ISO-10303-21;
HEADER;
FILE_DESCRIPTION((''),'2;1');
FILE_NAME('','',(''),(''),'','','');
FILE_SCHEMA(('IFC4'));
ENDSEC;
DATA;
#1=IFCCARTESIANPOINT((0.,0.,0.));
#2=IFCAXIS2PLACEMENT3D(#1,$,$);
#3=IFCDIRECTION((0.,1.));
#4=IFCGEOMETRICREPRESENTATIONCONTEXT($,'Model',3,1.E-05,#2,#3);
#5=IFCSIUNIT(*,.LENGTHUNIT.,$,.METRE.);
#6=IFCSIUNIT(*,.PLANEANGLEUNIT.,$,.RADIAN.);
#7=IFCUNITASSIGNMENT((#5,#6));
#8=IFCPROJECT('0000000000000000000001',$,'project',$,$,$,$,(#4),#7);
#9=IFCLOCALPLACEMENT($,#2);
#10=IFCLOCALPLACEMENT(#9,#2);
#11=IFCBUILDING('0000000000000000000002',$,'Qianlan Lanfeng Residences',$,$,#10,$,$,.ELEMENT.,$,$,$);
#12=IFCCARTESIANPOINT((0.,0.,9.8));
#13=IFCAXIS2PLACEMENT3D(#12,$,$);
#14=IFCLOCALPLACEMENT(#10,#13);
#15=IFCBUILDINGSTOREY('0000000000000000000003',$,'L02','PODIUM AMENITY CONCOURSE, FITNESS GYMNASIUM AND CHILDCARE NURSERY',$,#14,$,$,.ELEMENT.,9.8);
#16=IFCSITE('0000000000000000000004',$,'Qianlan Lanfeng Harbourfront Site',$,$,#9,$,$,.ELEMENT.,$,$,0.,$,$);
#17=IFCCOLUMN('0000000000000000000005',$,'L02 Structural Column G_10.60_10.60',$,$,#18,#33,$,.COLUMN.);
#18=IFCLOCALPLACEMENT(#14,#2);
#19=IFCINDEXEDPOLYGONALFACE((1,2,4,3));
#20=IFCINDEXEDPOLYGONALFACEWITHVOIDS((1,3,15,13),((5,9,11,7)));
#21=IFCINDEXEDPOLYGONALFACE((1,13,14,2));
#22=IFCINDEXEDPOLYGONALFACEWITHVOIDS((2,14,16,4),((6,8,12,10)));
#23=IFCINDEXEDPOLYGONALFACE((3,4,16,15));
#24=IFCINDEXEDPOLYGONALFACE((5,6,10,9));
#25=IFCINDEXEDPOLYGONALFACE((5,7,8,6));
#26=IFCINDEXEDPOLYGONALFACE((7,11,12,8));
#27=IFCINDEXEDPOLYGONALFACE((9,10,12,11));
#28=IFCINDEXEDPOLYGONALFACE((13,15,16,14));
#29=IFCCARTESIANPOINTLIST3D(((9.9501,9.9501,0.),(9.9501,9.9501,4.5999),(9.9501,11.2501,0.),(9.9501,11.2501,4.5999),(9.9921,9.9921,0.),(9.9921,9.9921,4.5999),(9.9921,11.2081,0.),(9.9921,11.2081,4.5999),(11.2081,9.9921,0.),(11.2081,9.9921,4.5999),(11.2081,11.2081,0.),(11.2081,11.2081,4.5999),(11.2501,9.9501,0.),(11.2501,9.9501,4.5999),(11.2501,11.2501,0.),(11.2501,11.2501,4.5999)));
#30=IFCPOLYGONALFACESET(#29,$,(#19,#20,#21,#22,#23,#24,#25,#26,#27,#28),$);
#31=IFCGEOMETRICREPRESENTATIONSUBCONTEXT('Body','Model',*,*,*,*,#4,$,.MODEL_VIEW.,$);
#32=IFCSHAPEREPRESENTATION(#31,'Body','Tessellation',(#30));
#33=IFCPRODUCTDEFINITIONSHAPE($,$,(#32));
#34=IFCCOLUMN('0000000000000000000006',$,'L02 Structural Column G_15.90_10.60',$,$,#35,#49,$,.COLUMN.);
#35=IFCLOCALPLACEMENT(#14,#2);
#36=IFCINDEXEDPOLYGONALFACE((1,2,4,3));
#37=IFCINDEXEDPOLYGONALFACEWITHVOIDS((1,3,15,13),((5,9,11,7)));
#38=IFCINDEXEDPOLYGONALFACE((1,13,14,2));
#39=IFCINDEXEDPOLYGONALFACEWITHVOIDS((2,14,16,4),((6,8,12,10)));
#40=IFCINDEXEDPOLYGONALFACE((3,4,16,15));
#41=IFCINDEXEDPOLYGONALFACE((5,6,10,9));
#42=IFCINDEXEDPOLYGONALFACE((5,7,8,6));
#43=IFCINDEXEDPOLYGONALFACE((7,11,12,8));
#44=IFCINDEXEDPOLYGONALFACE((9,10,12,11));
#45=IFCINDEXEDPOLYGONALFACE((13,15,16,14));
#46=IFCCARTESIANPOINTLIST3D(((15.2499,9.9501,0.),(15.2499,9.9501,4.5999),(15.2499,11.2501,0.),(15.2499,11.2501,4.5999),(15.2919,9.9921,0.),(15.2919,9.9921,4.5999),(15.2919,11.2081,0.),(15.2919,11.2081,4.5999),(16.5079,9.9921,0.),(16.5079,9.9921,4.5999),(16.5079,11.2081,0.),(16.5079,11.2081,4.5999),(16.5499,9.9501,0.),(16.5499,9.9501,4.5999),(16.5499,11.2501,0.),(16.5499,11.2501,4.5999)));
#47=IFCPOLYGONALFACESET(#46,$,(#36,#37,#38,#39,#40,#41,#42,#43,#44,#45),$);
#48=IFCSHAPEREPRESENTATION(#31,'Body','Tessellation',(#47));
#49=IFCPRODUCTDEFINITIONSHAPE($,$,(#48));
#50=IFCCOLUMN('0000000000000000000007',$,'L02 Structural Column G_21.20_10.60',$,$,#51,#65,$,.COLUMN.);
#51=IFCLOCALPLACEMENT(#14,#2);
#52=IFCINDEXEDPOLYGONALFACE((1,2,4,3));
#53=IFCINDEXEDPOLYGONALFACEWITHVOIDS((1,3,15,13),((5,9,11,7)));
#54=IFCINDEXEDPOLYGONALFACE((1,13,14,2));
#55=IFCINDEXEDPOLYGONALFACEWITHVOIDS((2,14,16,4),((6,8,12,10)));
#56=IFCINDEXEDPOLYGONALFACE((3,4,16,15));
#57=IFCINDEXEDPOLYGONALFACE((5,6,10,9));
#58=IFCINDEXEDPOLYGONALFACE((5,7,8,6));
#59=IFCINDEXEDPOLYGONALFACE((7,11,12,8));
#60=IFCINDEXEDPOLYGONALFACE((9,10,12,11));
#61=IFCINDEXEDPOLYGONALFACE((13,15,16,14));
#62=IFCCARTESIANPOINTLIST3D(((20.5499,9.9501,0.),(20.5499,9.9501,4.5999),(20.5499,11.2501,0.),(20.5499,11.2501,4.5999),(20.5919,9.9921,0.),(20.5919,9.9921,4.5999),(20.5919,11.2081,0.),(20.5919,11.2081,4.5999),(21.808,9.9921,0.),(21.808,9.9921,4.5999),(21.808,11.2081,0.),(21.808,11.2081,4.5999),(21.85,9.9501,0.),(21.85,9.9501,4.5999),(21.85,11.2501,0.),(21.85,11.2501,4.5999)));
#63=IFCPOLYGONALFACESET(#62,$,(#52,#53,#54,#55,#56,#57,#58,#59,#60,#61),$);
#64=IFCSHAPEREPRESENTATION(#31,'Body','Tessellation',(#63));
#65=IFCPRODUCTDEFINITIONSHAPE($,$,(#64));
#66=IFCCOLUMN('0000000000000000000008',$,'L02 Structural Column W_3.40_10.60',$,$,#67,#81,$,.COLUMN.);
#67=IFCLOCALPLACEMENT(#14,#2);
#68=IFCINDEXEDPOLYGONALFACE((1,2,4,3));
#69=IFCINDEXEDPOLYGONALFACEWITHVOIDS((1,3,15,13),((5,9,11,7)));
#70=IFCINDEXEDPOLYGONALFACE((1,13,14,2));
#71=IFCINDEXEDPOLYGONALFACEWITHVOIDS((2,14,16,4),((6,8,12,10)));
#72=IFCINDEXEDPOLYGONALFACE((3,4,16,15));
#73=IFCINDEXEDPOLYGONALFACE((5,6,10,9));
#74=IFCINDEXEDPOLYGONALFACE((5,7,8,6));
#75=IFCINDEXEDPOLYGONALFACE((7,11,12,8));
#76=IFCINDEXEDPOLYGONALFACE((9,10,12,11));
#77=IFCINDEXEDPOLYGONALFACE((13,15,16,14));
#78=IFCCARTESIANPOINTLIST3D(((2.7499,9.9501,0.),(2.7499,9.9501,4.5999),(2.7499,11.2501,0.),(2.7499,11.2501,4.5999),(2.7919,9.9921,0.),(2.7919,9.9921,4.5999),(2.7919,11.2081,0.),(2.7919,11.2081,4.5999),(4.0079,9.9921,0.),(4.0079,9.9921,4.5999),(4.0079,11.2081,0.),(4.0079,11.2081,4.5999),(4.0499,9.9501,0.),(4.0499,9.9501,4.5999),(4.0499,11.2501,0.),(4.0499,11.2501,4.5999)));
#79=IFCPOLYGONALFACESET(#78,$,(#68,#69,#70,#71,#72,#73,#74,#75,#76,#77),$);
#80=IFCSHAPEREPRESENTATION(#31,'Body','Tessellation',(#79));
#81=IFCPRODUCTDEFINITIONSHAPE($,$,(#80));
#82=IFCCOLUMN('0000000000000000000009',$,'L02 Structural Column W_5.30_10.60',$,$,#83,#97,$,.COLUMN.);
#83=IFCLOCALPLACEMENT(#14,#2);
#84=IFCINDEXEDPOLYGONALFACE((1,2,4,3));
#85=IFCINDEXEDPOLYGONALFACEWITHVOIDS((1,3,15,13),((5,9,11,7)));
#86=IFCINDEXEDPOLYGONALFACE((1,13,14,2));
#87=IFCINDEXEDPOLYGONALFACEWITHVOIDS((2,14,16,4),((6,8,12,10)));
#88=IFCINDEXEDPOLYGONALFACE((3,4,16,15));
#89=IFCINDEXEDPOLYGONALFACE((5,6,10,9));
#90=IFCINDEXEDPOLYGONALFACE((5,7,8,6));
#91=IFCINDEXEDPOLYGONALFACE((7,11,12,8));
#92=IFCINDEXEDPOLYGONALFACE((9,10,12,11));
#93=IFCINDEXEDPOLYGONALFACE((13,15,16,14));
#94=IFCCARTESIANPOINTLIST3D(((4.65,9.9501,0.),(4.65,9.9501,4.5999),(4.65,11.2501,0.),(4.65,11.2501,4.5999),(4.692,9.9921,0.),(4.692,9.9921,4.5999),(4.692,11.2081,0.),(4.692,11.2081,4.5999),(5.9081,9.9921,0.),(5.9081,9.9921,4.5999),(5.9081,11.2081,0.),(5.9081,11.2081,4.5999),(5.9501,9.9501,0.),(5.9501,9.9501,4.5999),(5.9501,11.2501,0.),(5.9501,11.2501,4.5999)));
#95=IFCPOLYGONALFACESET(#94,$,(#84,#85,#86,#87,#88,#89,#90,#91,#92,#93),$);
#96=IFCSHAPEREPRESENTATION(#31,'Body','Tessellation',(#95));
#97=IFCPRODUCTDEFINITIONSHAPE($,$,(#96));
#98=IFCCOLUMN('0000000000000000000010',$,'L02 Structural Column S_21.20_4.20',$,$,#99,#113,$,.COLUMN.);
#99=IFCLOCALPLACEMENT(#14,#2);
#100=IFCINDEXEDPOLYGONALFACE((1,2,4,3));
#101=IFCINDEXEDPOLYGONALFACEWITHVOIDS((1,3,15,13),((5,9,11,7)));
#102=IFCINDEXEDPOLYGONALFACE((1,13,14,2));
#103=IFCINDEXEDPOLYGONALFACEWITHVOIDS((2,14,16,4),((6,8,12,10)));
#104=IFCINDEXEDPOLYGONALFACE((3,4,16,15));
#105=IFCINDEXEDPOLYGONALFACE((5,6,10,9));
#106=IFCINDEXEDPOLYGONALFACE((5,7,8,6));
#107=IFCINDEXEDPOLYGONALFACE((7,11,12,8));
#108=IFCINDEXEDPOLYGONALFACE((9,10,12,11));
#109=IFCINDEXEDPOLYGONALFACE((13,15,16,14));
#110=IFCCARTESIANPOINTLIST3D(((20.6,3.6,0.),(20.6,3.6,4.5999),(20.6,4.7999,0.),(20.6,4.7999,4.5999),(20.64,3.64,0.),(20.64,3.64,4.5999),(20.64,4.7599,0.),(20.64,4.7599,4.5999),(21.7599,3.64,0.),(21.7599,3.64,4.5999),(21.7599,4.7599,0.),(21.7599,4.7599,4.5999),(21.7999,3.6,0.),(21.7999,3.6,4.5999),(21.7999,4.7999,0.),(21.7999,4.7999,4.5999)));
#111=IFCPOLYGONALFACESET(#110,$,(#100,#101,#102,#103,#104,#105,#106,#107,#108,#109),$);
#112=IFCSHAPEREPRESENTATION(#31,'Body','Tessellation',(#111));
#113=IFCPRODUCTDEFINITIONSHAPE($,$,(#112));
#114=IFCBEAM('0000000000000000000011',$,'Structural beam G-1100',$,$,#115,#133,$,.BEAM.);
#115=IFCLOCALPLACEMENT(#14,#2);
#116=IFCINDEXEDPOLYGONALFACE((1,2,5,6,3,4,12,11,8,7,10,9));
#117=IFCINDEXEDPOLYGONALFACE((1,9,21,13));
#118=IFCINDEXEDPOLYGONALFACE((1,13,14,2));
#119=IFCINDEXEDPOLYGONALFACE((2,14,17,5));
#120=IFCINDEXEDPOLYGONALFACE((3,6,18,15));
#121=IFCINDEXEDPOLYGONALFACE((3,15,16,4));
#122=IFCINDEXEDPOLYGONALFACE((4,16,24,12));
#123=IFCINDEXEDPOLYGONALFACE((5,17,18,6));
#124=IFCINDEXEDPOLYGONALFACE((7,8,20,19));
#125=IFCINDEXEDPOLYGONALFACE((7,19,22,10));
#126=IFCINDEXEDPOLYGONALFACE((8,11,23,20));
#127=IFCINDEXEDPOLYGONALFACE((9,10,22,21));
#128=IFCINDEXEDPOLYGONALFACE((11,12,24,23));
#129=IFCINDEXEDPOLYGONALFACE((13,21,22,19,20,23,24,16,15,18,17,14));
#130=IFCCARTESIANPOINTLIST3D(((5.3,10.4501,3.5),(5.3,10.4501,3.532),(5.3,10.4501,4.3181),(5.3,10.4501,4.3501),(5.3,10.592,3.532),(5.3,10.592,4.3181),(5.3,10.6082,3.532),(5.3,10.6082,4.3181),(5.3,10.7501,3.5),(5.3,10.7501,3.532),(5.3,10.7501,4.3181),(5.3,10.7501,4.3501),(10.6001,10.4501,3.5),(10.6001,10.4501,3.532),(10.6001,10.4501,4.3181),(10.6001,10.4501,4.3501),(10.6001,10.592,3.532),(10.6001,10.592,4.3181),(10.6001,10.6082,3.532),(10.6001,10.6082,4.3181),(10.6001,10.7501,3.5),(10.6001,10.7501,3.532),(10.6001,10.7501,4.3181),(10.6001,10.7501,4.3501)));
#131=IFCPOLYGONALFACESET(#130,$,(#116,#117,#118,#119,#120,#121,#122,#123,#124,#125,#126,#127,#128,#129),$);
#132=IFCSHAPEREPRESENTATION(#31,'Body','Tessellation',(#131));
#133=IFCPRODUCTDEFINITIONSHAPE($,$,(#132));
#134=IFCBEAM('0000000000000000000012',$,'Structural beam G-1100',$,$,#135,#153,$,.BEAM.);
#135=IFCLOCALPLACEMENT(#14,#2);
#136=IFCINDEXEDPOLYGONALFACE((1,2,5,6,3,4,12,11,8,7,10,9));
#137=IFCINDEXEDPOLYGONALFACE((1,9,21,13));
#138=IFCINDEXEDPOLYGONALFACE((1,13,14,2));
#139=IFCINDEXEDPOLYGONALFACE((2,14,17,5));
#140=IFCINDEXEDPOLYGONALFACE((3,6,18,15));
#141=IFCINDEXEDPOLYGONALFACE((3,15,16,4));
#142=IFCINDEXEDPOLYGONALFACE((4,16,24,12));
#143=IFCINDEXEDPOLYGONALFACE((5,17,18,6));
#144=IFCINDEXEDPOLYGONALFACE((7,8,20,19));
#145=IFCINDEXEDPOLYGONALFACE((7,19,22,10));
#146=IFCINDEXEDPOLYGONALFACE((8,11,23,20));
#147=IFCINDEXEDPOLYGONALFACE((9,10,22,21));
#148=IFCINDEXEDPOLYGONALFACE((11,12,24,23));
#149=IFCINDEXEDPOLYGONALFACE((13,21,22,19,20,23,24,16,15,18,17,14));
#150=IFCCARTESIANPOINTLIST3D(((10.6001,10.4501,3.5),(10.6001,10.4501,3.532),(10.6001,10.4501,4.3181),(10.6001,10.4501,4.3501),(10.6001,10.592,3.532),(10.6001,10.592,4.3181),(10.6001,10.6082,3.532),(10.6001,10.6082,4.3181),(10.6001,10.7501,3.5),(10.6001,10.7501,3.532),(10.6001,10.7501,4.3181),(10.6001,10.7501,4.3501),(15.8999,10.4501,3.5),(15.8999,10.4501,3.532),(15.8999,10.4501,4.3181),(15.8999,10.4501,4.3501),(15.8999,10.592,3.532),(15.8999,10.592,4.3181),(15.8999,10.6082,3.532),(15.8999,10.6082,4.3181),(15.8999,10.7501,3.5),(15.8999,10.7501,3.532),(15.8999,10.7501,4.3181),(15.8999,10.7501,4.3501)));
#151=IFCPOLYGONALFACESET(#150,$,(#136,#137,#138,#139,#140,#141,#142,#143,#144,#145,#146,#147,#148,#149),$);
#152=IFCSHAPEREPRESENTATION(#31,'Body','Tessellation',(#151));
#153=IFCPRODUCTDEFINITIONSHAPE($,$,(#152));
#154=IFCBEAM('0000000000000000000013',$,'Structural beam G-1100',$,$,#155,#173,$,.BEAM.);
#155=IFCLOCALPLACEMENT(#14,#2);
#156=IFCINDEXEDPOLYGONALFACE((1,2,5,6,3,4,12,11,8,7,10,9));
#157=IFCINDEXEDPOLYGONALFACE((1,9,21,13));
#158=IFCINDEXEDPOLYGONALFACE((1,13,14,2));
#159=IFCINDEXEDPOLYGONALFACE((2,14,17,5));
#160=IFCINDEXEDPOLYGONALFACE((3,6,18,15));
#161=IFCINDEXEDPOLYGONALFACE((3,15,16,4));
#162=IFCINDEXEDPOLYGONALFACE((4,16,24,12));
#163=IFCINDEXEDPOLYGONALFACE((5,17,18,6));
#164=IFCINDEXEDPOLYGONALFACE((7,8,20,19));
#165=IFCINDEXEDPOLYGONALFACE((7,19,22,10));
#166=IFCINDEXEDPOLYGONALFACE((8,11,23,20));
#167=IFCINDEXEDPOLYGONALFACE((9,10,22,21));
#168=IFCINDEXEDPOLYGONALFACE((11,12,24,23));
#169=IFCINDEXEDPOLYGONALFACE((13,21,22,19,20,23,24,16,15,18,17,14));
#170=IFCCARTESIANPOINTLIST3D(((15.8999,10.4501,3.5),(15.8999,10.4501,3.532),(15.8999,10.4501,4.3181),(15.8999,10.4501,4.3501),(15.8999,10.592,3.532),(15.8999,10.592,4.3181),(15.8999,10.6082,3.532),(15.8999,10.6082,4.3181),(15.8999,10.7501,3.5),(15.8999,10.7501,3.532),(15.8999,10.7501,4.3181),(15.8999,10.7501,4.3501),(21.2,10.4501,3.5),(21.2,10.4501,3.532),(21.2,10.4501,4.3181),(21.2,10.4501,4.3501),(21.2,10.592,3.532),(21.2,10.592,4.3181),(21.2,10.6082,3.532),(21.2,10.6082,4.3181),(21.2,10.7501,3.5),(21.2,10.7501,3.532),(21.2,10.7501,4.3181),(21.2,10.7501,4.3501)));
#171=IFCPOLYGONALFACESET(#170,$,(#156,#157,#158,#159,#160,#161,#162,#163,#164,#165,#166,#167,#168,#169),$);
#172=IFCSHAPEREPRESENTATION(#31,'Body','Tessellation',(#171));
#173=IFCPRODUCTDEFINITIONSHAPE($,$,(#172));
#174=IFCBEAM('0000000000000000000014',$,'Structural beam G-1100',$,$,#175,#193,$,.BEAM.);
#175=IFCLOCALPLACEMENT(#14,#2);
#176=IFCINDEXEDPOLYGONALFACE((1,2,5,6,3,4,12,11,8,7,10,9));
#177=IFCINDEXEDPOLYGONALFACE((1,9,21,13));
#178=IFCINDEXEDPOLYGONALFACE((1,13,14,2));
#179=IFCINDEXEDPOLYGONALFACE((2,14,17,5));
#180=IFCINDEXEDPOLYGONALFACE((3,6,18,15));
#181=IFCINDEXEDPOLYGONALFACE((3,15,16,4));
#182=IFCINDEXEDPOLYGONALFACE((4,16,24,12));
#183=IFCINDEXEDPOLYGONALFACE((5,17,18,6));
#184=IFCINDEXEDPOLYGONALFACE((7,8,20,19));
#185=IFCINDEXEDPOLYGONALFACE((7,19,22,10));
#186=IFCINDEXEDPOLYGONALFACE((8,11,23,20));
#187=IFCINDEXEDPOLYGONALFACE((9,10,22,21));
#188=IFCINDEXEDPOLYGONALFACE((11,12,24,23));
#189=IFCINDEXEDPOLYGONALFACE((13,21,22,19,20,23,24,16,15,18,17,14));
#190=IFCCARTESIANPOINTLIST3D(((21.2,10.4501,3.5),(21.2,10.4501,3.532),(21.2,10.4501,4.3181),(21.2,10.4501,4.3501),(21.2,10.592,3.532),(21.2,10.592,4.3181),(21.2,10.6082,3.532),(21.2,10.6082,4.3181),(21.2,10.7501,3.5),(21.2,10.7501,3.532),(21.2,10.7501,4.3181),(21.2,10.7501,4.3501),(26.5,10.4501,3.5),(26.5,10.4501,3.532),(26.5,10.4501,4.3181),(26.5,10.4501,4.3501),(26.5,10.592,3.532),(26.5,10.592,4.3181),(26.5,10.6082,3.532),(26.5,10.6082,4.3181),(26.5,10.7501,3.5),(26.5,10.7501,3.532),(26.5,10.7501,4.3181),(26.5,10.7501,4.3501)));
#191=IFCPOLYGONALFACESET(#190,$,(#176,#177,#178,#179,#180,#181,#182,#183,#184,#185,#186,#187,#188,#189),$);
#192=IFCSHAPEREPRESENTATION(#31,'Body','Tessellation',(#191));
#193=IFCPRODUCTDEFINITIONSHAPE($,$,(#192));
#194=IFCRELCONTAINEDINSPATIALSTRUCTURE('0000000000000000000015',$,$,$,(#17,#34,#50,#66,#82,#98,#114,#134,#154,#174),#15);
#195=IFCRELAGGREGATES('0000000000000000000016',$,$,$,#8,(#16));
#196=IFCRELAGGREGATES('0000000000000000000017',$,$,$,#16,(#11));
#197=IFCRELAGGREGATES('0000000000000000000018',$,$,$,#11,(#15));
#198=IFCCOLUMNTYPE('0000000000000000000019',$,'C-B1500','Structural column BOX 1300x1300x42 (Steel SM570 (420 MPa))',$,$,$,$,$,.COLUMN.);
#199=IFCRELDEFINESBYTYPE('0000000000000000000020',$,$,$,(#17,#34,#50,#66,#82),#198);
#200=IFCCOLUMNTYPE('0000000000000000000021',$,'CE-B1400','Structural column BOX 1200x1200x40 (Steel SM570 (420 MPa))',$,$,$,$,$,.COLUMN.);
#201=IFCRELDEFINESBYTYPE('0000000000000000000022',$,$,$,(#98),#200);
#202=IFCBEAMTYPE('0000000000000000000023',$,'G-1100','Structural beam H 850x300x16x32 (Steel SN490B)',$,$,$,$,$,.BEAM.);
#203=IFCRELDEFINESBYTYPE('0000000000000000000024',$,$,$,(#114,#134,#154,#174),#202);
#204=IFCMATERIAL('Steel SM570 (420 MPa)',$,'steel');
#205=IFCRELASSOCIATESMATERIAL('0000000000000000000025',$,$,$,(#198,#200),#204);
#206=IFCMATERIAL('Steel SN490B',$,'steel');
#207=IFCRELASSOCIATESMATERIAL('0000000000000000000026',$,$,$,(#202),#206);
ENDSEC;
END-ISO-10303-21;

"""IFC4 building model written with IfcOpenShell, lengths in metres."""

from ifc_helpers import new_model, si_unit, direction, frame, origin, origin_2d, place, context, subcontext, project, spatial, hollow_rectangle, i_section, extrude, material, material_profile, profile_set, type_object, element, save


model = new_model("IFC4")

# Units and contexts
model_context = context("Model", 3, precision=1e-05, world=origin(), true_north=direction((0.0, 1.0)))
body_context = subcontext(model_context, "Body", "Model", "MODEL_VIEW")
ifc_project = project(units=[si_unit("LENGTHUNIT", "METRE"), si_unit("PLANEANGLEUNIT", "RADIAN")], contexts=[model_context])

# Site, building, storey
site_placement = place(None, origin())
site = spatial("IfcSite", under=ifc_project, at=site_placement, Name="Qianlan Lanfeng Harbourfront Site", CompositionType="ELEMENT", RefElevation=0.0)
building_placement = place(site_placement, origin())
building = spatial("IfcBuilding", under=site, at=building_placement, Name="Qianlan Lanfeng Residences", CompositionType="ELEMENT")
storey_placement = place(building_placement, frame((0.0, 0.0, 9.8)))
storey = spatial("IfcBuildingStorey", under=building, at=storey_placement, Name="L02", Description="PODIUM AMENITY CONCOURSE, FITNESS GYMNASIUM AND CHILDCARE NURSERY", CompositionType="ELEMENT", Elevation=9.8)

# Columns
ifc_material_1 = material(Name="Steel SM570 (420 MPa)", Category="steel")
ifc_material_profile_1 = material_profile(ifc_material_1, hollow_rectangle(XDim=1.3, YDim=1.3, WallThickness=0.042, at=origin_2d()), Name="BOX 1300x1300x42")
ifc_profile_set_1 = profile_set([ifc_material_profile_1], Name="Steel SM570 (420 MPa)")
column_type_1 = type_object("IfcColumnType", Name="C-B1500", Description="Structural column BOX 1300x1300x42 (Steel SM570 (420 MPa))", PredefinedType="COLUMN", material=ifc_profile_set_1)
for number, where, z_axis, x_axis, name in (
    (1, (10.6001, 10.6001, 0.0), (0.0, 0.0, 1.0), (1.0, 0.0, 0.0), "L02 Structural Column G_10.60_10.60"),
    (2, (15.8999, 10.6001, 0.0), (0.0, 0.0, 1.0), (1.0, 0.0, 0.0), "L02 Structural Column G_15.90_10.60"),
    (3, (21.2, 10.6001, 0.0), (0.0, 0.0, 1.0), (1.0, 0.0, 0.0), "L02 Structural Column G_21.20_10.60"),
    (4, (3.3999, 10.6001, 0.0), (0.0, 0.0, 1.0), (1.0, 0.0, 0.0), "L02 Structural Column W_3.40_10.60"),
    (5, (5.3, 10.6001, 0.0), (0.0, 0.0, 1.0), (1.0, 0.0, 0.0), "L02 Structural Column W_5.30_10.60"),
):
    element("IfcColumn", number, at=place(storey_placement, frame(where, z_axis=z_axis, x_axis=x_axis)), inside=storey, type_object=column_type_1, Name=name, PredefinedType="COLUMN", context=body_context, shape_type="SweptSolid", body=[
        extrude(hollow_rectangle(XDim=1.3, YDim=1.3, WallThickness=0.042, at=origin_2d()), origin(), (0.0, 0.0, 1.0), 4.5999),
    ])
ifc_material_profile_2 = material_profile(ifc_material_1, hollow_rectangle(XDim=1.2, YDim=1.2, WallThickness=0.04, at=origin_2d()), Name="BOX 1200x1200x40")
ifc_profile_set_2 = profile_set([ifc_material_profile_2], Name="Steel SM570 (420 MPa)")
column_type_2 = type_object("IfcColumnType", Name="CE-B1400", Description="Structural column BOX 1200x1200x40 (Steel SM570 (420 MPa))", PredefinedType="COLUMN", material=ifc_profile_set_2)
column_placement = place(storey_placement, frame((21.2, 4.2, 0.0), z_axis=(0.0, 0.0, 1.0), x_axis=(1.0, 0.0, 0.0)))
element("IfcColumn", 6, at=column_placement, inside=storey, type_object=column_type_2, Name="L02 Structural Column S_21.20_4.20", PredefinedType="COLUMN", context=body_context, shape_type="SweptSolid", body=[
    extrude(hollow_rectangle(XDim=1.2, YDim=1.2, WallThickness=0.04, at=origin_2d()), origin(), (0.0, 0.0, 1.0), 4.5999),
])

# Beams
ifc_material_2 = material(Name="Steel SN490B", Category="steel")
ifc_material_profile_3 = material_profile(ifc_material_2, i_section(OverallWidth=0.3, OverallDepth=0.8501, WebThickness=0.0161, FlangeThickness=0.032, at=origin_2d()), Name="H 850x300x16x32")
ifc_profile_set_3 = profile_set([ifc_material_profile_3], Name="Steel SN490B")
beam_type_1 = type_object("IfcBeamType", Name="G-1100", Description="Structural beam H 850x300x16x32 (Steel SN490B)", PredefinedType="BEAM", material=ifc_profile_set_3)
beam_1_placement = place(storey_placement, frame((5.3, 10.6001, 3.925), z_axis=(1.0, 0.0, 0.0), x_axis=(0.0, 1.0, 0.0)))
element("IfcBeam", 7, at=beam_1_placement, inside=storey, type_object=beam_type_1, Name="Structural beam G-1100", PredefinedType="BEAM", context=body_context, shape_type="SweptSolid", body=[
    extrude(i_section(OverallWidth=0.3, OverallDepth=0.8501, WebThickness=0.0161, FlangeThickness=0.032, at=origin_2d()), origin(), (0.0, 0.0, 1.0), 5.3),
])
beam_2_placement = place(storey_placement, frame((10.6001, 10.6001, 3.925), z_axis=(1.0, 0.0, 0.0), x_axis=(0.0, 1.0, 0.0)))
element("IfcBeam", 8, at=beam_2_placement, inside=storey, type_object=beam_type_1, Name="Structural beam G-1100", PredefinedType="BEAM", context=body_context, shape_type="SweptSolid", body=[
    extrude(i_section(OverallWidth=0.3, OverallDepth=0.8501, WebThickness=0.0161, FlangeThickness=0.032, at=origin_2d()), origin(), (0.0, 0.0, 1.0), 5.2998),
])
for number, where, z_axis, x_axis, name in (
    (9, (15.8999, 10.6001, 3.925), (1.0, 0.0, 0.0), (0.0, 1.0, 0.0), "Structural beam G-1100"),
    (10, (21.2, 10.6001, 3.925), (1.0, 0.0, 0.0), (0.0, 1.0, 0.0), "Structural beam G-1100"),
):
    element("IfcBeam", number, at=place(storey_placement, frame(where, z_axis=z_axis, x_axis=x_axis)), inside=storey, type_object=beam_type_1, Name=name, PredefinedType="BEAM", context=body_context, shape_type="SweptSolid", body=[
        extrude(i_section(OverallWidth=0.3, OverallDepth=0.8501, WebThickness=0.0161, FlangeThickness=0.032, at=origin_2d()), origin(), (0.0, 0.0, 1.0), 5.3),
    ])

save(model, "model.ifc")
